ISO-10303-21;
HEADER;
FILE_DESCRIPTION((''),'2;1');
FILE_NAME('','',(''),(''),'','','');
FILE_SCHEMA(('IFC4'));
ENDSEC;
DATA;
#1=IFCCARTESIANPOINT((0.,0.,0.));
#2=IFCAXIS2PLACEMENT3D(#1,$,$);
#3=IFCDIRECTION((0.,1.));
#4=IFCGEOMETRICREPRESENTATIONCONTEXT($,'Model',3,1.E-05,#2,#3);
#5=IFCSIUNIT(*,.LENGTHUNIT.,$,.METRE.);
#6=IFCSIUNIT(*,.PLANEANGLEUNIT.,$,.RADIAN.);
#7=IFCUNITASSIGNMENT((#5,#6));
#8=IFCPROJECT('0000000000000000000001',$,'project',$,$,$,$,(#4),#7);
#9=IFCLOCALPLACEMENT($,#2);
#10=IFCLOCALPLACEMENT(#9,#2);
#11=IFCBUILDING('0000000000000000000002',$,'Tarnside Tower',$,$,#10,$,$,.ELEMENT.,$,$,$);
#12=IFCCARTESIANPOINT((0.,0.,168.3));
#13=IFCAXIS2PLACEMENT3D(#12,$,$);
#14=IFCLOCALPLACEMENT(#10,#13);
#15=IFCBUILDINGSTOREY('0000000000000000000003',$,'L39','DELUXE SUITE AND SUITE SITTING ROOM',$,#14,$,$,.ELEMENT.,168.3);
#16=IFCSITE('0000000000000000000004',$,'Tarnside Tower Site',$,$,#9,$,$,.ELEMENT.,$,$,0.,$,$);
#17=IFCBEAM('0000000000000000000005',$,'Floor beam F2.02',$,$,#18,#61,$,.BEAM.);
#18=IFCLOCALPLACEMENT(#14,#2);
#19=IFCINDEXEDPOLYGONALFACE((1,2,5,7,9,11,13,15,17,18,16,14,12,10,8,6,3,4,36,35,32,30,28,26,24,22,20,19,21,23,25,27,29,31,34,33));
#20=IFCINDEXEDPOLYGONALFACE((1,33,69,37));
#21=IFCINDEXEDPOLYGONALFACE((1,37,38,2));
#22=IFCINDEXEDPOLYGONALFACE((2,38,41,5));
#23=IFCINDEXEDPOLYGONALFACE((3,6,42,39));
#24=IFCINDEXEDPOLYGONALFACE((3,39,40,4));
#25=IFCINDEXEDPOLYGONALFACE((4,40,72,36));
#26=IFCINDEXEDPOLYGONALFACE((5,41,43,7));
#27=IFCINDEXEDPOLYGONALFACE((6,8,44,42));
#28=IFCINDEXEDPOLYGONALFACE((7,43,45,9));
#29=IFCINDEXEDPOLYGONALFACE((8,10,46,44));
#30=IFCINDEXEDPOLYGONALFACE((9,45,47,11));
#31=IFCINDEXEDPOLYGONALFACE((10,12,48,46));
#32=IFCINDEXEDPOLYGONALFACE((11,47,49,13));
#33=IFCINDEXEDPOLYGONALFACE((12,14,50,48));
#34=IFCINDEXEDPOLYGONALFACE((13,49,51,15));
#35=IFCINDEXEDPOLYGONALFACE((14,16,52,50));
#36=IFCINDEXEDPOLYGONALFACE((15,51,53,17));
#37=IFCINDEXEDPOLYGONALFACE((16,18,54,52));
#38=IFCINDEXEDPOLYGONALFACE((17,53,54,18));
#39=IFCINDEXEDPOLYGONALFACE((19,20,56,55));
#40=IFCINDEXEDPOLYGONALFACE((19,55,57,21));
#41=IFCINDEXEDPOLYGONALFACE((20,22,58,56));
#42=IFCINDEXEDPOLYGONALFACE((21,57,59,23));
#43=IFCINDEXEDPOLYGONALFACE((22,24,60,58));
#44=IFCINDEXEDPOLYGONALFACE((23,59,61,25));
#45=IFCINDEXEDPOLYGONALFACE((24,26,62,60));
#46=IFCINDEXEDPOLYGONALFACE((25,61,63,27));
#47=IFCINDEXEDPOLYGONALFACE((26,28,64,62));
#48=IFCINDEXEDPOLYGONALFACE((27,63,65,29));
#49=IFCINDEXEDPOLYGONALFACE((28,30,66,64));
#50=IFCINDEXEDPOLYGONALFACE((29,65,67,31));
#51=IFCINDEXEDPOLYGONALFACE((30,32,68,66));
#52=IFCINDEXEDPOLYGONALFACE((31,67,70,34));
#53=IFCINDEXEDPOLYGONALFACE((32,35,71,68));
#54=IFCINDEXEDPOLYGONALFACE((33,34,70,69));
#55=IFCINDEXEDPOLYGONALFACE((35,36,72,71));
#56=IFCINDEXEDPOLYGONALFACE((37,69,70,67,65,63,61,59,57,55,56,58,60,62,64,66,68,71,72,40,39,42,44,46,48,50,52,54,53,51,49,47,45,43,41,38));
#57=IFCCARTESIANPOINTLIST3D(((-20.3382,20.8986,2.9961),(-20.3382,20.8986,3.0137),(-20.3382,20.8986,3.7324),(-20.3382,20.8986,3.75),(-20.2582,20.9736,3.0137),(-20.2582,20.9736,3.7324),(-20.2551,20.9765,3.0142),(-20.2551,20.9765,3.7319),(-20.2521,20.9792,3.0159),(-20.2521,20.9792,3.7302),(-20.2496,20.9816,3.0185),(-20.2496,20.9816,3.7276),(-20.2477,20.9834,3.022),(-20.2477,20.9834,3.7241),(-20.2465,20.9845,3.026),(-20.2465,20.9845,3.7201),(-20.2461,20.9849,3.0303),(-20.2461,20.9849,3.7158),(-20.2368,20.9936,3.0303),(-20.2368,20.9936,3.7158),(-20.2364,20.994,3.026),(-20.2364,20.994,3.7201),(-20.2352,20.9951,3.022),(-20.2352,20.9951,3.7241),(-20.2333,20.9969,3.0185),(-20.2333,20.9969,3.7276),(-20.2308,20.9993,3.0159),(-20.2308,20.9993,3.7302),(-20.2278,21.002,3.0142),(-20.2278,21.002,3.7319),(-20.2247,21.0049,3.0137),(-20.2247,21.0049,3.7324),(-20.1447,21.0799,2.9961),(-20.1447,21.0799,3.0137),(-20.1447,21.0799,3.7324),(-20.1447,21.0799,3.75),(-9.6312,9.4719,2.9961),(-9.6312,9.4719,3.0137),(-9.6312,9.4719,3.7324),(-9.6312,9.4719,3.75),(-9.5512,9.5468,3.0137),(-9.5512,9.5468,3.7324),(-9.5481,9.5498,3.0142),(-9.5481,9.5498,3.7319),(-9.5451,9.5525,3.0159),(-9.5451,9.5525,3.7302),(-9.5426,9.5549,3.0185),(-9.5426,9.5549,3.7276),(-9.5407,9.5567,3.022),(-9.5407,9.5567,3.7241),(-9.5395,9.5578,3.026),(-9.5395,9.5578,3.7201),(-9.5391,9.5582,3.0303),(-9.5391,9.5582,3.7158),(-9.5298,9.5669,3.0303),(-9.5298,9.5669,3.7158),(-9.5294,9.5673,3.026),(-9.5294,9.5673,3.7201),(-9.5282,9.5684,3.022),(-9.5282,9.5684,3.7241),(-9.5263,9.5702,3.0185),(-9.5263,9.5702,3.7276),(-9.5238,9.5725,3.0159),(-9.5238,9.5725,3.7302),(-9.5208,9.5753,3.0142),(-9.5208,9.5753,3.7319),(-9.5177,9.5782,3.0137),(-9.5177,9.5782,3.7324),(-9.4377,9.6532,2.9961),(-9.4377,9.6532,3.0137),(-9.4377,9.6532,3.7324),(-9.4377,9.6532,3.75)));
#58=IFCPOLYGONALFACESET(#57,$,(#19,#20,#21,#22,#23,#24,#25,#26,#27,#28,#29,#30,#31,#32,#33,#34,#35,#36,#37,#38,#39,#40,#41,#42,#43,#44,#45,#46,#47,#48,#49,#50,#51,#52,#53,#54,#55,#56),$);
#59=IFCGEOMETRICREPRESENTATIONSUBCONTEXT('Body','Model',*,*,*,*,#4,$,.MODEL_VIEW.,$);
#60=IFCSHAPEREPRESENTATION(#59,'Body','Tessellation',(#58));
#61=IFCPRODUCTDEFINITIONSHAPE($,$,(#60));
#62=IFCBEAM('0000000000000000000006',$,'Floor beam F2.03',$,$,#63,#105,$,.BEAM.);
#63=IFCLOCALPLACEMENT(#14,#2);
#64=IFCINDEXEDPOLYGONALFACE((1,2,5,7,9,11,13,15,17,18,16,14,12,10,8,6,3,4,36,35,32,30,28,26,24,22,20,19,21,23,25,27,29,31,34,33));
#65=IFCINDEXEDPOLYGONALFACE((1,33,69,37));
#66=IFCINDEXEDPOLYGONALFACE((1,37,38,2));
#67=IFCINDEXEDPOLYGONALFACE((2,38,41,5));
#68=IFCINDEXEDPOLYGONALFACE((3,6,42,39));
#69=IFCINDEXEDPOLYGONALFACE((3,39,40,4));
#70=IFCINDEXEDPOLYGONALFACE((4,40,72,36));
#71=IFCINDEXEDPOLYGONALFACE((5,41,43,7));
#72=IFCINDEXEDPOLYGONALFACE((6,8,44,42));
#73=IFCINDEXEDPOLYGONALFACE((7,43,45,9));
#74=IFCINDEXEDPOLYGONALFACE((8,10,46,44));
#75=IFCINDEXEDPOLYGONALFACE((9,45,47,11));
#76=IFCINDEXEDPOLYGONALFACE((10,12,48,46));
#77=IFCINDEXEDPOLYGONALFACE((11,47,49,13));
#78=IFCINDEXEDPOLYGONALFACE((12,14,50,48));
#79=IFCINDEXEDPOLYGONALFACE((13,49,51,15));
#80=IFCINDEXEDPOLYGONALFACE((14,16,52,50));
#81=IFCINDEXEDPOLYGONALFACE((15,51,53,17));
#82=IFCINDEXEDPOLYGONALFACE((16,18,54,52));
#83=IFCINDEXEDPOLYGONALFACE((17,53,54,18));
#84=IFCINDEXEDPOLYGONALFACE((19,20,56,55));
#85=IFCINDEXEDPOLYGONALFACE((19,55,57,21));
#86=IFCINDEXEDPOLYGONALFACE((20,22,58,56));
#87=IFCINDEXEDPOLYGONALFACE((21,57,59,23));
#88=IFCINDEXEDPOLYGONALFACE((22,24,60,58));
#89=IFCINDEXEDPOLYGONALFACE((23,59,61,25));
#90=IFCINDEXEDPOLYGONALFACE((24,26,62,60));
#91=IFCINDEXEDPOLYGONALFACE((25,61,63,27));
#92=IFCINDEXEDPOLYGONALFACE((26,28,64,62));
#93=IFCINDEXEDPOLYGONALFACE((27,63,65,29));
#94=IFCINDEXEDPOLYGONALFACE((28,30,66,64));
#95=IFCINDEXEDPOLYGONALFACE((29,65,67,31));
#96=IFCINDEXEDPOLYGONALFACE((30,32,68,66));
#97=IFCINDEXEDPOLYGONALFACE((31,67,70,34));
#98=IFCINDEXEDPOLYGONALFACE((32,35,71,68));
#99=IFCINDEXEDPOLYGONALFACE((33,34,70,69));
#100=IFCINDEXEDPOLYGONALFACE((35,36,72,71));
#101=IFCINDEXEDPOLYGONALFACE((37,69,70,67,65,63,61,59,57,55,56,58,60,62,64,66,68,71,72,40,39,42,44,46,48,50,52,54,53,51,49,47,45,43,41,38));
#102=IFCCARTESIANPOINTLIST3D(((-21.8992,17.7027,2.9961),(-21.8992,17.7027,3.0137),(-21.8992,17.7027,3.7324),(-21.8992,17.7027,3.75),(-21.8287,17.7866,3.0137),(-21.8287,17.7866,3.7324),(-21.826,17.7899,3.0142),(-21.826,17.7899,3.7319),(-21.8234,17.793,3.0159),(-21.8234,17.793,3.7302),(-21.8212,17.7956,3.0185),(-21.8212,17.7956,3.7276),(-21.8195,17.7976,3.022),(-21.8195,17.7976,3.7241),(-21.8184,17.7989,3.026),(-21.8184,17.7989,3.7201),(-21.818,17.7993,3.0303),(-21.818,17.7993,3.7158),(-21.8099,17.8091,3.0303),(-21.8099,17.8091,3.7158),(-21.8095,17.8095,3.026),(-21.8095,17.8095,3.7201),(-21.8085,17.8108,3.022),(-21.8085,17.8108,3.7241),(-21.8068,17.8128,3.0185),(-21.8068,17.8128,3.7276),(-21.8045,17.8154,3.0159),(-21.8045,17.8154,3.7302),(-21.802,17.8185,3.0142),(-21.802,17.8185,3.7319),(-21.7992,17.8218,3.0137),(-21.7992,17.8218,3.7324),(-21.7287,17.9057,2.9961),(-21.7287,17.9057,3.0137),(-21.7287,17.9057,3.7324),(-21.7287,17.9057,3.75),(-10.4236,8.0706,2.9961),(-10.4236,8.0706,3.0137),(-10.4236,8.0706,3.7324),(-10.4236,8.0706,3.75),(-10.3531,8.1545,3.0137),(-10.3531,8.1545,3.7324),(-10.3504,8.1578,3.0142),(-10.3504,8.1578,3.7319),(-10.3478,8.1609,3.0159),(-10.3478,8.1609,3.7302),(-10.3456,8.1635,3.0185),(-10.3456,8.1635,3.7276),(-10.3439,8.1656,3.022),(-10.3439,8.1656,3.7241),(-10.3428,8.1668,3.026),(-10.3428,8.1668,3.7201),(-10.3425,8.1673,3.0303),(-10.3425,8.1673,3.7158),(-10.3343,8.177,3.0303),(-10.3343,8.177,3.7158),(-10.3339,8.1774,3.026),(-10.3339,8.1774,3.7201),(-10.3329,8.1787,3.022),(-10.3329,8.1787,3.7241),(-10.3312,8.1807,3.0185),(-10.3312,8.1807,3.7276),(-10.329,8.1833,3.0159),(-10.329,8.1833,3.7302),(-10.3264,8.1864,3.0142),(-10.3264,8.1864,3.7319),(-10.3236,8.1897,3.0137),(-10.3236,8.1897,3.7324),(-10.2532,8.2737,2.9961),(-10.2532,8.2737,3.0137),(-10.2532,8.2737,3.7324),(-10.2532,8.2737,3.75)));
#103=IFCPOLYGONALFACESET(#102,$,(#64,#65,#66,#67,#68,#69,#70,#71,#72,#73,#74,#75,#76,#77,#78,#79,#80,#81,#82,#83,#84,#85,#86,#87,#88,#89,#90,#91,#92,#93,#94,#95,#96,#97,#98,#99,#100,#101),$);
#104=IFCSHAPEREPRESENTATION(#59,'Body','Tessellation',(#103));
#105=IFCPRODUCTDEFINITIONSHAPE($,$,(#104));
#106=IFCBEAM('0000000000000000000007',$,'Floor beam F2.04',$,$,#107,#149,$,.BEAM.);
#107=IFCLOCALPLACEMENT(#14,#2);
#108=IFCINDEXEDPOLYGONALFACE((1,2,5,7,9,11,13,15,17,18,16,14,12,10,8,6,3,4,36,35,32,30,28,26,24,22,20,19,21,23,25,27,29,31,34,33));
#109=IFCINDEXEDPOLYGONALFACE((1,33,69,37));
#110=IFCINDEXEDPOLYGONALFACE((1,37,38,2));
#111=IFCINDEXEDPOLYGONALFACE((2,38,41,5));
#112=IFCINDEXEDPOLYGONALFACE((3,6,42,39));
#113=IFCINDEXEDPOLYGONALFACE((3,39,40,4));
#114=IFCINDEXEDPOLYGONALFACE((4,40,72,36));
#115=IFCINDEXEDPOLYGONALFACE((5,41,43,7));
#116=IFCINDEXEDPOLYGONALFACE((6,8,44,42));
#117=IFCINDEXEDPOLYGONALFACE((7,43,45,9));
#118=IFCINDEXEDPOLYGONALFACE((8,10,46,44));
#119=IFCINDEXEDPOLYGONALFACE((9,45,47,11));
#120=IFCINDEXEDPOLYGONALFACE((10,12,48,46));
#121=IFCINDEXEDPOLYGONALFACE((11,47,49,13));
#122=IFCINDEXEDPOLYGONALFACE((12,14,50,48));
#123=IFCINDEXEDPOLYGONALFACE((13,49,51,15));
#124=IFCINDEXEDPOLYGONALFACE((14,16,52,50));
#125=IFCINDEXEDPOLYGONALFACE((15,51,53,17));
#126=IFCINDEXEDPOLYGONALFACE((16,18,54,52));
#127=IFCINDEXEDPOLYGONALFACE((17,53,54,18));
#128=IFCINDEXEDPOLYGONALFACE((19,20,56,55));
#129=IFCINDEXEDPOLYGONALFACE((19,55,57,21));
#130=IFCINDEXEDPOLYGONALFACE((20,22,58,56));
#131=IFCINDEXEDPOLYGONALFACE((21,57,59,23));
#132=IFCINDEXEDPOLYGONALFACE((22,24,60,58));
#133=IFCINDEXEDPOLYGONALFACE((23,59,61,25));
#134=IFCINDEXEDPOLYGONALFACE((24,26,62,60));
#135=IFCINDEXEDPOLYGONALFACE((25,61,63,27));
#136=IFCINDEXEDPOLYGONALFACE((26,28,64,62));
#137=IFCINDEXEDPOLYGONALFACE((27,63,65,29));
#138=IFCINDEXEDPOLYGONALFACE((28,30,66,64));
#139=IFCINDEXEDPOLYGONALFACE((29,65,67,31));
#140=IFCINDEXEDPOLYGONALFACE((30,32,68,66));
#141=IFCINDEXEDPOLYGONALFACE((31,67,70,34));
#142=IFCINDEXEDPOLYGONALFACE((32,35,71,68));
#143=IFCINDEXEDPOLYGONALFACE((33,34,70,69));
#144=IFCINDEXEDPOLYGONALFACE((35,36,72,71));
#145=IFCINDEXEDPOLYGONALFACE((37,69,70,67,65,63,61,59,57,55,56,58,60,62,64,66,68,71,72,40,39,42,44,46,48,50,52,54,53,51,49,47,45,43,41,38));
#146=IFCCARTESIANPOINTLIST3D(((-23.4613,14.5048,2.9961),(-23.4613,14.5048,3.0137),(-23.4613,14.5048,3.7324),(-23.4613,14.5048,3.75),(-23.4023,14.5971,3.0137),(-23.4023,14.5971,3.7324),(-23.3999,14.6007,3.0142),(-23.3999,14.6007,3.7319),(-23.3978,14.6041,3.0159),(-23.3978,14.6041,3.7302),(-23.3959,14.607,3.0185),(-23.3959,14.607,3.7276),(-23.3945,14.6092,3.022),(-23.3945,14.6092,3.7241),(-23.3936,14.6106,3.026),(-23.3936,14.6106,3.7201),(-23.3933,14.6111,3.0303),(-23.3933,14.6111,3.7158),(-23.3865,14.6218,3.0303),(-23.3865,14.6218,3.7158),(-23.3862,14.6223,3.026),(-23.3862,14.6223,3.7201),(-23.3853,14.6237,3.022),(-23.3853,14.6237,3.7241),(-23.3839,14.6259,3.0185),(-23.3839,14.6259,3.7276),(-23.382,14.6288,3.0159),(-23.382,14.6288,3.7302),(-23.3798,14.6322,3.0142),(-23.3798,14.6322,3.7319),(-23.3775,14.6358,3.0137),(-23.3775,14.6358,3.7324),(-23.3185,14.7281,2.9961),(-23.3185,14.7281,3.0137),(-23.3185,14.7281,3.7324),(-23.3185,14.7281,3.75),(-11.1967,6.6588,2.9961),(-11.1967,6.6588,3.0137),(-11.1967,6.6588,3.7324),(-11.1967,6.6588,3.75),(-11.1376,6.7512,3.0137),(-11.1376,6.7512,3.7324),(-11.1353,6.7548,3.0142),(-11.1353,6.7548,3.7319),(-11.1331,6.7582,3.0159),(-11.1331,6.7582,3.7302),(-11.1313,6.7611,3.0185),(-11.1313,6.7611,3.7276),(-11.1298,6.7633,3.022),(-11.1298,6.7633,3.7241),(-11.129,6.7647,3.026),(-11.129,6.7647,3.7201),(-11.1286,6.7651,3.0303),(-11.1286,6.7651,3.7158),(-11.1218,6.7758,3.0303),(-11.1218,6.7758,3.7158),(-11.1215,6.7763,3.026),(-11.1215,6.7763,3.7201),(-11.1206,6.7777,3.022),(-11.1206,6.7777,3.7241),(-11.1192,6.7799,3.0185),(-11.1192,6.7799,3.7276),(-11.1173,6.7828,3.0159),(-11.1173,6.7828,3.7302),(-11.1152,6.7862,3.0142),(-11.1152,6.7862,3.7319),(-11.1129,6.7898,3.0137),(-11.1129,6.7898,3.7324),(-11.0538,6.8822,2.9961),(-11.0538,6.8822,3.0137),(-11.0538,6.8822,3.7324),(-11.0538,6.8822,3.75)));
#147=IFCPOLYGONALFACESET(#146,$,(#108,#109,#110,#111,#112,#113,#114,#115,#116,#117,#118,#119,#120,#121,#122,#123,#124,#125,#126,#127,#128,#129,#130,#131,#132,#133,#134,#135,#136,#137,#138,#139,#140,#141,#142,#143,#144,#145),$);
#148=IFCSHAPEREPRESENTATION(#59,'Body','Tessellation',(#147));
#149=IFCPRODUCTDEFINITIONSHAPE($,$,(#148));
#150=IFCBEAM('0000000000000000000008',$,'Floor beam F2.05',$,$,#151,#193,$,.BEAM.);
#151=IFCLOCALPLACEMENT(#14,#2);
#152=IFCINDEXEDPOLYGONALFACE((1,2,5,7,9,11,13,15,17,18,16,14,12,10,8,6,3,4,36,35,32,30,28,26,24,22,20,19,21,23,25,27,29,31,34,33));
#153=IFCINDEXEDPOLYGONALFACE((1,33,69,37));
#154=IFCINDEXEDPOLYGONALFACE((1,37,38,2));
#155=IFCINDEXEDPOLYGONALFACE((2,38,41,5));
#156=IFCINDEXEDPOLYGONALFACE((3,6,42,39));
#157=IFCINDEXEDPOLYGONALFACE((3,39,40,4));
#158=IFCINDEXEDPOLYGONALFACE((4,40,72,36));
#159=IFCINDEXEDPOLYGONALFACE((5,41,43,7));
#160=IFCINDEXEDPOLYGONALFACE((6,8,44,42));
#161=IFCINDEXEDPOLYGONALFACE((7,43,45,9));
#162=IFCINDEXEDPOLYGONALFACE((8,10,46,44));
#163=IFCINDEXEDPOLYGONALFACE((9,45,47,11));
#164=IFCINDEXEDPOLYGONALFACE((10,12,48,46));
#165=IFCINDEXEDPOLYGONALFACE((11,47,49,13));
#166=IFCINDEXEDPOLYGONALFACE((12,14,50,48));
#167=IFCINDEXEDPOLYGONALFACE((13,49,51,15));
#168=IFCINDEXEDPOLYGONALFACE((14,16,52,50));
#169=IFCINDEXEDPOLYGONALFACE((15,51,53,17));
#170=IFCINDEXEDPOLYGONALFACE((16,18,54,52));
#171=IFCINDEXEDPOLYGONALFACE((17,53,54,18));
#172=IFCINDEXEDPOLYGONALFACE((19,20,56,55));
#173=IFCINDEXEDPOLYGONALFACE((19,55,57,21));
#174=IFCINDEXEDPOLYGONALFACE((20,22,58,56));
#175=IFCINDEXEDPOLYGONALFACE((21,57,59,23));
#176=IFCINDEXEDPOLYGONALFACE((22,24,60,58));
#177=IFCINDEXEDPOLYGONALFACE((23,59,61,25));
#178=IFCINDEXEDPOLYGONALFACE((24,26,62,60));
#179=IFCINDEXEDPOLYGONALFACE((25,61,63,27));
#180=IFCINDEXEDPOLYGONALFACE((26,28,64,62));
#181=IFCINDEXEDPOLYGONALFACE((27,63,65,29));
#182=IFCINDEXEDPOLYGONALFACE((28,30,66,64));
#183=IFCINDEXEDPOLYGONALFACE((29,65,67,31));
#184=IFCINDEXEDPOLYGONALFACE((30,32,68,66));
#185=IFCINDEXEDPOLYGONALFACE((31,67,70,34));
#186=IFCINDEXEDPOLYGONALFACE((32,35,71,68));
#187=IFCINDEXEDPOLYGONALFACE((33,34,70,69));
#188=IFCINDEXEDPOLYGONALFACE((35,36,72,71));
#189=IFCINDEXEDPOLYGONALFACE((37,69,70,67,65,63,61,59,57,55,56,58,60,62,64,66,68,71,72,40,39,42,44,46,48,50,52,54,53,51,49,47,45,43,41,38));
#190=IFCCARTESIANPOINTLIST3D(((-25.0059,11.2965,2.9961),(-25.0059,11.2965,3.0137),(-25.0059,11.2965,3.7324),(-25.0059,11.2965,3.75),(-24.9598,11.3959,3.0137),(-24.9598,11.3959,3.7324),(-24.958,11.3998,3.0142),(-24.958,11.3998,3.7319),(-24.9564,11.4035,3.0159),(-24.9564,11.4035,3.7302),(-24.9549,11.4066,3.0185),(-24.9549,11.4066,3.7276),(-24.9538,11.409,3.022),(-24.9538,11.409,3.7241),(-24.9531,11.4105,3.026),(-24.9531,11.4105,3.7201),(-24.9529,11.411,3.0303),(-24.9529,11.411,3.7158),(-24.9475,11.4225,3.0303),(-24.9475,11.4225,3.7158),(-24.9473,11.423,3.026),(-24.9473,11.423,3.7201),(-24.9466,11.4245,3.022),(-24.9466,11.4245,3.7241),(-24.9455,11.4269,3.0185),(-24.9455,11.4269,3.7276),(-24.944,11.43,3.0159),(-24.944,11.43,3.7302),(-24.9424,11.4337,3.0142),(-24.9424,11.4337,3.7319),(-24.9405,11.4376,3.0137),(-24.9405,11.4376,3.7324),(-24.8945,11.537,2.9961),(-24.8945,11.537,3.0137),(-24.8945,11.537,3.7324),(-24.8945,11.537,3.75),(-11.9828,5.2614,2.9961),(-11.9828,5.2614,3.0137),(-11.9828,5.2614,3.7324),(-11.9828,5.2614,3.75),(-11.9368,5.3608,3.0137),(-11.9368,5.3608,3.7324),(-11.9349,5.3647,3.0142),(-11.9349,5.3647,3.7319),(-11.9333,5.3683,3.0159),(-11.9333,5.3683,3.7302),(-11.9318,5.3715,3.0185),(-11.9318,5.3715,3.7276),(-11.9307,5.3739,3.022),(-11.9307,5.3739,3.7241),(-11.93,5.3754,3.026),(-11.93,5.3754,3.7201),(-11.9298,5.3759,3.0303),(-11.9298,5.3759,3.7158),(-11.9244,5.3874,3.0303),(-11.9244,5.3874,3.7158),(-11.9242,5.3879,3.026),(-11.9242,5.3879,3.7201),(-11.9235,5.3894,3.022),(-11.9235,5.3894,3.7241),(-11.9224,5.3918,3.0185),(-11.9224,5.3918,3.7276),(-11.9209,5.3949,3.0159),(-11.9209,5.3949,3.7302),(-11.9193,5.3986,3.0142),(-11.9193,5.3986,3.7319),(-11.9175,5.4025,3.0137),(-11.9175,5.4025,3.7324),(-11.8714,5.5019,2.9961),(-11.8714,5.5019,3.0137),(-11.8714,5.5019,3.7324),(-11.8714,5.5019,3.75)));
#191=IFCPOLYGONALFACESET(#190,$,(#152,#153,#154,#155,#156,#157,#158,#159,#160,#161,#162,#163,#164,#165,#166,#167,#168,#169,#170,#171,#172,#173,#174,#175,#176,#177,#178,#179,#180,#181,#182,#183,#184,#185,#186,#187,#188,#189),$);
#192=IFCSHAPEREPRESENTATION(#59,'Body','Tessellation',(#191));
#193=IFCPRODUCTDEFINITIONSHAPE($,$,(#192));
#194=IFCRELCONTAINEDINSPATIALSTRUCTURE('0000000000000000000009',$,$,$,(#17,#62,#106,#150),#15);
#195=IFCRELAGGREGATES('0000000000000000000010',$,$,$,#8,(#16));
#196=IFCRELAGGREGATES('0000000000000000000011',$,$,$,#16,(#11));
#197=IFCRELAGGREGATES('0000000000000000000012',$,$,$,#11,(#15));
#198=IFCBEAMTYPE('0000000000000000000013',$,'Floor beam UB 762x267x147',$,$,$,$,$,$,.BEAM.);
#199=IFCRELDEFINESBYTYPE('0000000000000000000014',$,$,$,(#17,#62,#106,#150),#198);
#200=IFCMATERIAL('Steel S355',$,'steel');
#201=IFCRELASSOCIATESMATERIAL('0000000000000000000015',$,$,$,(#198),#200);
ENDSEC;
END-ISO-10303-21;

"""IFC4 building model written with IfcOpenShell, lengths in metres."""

from ifc_helpers import new_model, si_unit, direction, frame, origin, origin_2d, place, context, subcontext, project, spatial, i_section, extrude, material, material_profile, profile_set, type_object, element, save


model = new_model("IFC4")

# Units and contexts
model_context = context("Model", 3, precision=1e-05, world=origin(), true_north=direction((0.0, 1.0)))
body_context = subcontext(model_context, "Body", "Model", "MODEL_VIEW")
ifc_project = project(units=[si_unit("LENGTHUNIT", "METRE"), si_unit("PLANEANGLEUNIT", "RADIAN")], contexts=[model_context])

# Site, building, storey
site_placement = place(None, origin())
site = spatial("IfcSite", under=ifc_project, at=site_placement, Name="Tarnside Tower Site", CompositionType="ELEMENT", RefElevation=0.0)
building_placement = place(site_placement, origin())
building = spatial("IfcBuilding", under=site, at=building_placement, Name="Tarnside Tower", CompositionType="ELEMENT")
storey_placement = place(building_placement, frame((0.0, 0.0, 168.3)))
storey = spatial("IfcBuildingStorey", under=building, at=storey_placement, Name="L39", Description="DELUXE SUITE AND SUITE SITTING ROOM", CompositionType="ELEMENT", Elevation=168.3)

# Beams
ifc_material_1 = material(Name="Steel S355", Category="steel")
ifc_material_profile_1 = material_profile(ifc_material_1, i_section(OverallWidth=0.2651, OverallDepth=0.7539, WebThickness=0.0127, FlangeThickness=0.0176, FilletRadius=0.0166, at=origin_2d()), Name="UB 762x267x147")
ifc_profile_set_1 = profile_set([ifc_material_profile_1], Name="Steel S355")
beam_type_1 = type_object("IfcBeamType", Name="Floor beam UB 762x267x147", PredefinedType="BEAM", material=ifc_profile_set_1)
beam_1_placement = place(storey_placement, frame((-20.2415, 20.9893, 3.373), z_axis=(0.683752, -0.729714, 0.0), x_axis=(0.729714, 0.683752, 0.0)))
element("IfcBeam", 1, at=beam_1_placement, inside=storey, type_object=beam_type_1, Name="Floor beam F2.02", PredefinedType="BEAM", context=body_context, shape_type="SweptSolid", body=[
    extrude(i_section(OverallWidth=0.2651, OverallDepth=0.7539, WebThickness=0.0127, FlangeThickness=0.0176, FilletRadius=0.0166, at=origin_2d()), origin(), (0.0, 0.0, 1.0), 15.6592),
])
beam_2_placement = place(storey_placement, frame((-21.814, 17.8042, 3.373), z_axis=(0.765948, -0.642902, 0.0), x_axis=(0.642902, 0.765948, 0.0)))
element("IfcBeam", 2, at=beam_2_placement, inside=storey, type_object=beam_type_1, Name="Floor beam F2.03", PredefinedType="BEAM", context=body_context, shape_type="SweptSolid", body=[
    extrude(i_section(OverallWidth=0.2651, OverallDepth=0.7539, WebThickness=0.0127, FlangeThickness=0.0176, FilletRadius=0.0166, at=origin_2d()), origin(), (0.0, 0.0, 1.0), 14.9822),
])
beam_3_placement = place(storey_placement, frame((-23.3899, 14.6165, 3.373), z_axis=(0.842378, -0.538887, 0.0), x_axis=(0.538887, 0.842378, 0.0)))
element("IfcBeam", 3, at=beam_3_placement, inside=storey, type_object=beam_type_1, Name="Floor beam F2.04", PredefinedType="BEAM", context=body_context, shape_type="SweptSolid", body=[
    extrude(i_section(OverallWidth=0.2651, OverallDepth=0.7539, WebThickness=0.0127, FlangeThickness=0.0176, FilletRadius=0.0166, at=origin_2d()), origin(), (0.0, 0.0, 1.0), 14.5596),
])
beam_4_placement = place(storey_placement, frame((-24.9502, 11.4167, 3.373), z_axis=(0.90731, -0.420462, 0.0), x_axis=(0.420462, 0.90731, 0.0)))
element("IfcBeam", 4, at=beam_4_placement, inside=storey, type_object=beam_type_1, Name="Floor beam F2.05", PredefinedType="BEAM", context=body_context, shape_type="SweptSolid", body=[
    extrude(i_section(OverallWidth=0.2651, OverallDepth=0.7539, WebThickness=0.0127, FlangeThickness=0.0176, FilletRadius=0.0166, at=origin_2d()), origin(), (0.0, 0.0, 1.0), 14.3535),
])

save(model, "model.ifc")
